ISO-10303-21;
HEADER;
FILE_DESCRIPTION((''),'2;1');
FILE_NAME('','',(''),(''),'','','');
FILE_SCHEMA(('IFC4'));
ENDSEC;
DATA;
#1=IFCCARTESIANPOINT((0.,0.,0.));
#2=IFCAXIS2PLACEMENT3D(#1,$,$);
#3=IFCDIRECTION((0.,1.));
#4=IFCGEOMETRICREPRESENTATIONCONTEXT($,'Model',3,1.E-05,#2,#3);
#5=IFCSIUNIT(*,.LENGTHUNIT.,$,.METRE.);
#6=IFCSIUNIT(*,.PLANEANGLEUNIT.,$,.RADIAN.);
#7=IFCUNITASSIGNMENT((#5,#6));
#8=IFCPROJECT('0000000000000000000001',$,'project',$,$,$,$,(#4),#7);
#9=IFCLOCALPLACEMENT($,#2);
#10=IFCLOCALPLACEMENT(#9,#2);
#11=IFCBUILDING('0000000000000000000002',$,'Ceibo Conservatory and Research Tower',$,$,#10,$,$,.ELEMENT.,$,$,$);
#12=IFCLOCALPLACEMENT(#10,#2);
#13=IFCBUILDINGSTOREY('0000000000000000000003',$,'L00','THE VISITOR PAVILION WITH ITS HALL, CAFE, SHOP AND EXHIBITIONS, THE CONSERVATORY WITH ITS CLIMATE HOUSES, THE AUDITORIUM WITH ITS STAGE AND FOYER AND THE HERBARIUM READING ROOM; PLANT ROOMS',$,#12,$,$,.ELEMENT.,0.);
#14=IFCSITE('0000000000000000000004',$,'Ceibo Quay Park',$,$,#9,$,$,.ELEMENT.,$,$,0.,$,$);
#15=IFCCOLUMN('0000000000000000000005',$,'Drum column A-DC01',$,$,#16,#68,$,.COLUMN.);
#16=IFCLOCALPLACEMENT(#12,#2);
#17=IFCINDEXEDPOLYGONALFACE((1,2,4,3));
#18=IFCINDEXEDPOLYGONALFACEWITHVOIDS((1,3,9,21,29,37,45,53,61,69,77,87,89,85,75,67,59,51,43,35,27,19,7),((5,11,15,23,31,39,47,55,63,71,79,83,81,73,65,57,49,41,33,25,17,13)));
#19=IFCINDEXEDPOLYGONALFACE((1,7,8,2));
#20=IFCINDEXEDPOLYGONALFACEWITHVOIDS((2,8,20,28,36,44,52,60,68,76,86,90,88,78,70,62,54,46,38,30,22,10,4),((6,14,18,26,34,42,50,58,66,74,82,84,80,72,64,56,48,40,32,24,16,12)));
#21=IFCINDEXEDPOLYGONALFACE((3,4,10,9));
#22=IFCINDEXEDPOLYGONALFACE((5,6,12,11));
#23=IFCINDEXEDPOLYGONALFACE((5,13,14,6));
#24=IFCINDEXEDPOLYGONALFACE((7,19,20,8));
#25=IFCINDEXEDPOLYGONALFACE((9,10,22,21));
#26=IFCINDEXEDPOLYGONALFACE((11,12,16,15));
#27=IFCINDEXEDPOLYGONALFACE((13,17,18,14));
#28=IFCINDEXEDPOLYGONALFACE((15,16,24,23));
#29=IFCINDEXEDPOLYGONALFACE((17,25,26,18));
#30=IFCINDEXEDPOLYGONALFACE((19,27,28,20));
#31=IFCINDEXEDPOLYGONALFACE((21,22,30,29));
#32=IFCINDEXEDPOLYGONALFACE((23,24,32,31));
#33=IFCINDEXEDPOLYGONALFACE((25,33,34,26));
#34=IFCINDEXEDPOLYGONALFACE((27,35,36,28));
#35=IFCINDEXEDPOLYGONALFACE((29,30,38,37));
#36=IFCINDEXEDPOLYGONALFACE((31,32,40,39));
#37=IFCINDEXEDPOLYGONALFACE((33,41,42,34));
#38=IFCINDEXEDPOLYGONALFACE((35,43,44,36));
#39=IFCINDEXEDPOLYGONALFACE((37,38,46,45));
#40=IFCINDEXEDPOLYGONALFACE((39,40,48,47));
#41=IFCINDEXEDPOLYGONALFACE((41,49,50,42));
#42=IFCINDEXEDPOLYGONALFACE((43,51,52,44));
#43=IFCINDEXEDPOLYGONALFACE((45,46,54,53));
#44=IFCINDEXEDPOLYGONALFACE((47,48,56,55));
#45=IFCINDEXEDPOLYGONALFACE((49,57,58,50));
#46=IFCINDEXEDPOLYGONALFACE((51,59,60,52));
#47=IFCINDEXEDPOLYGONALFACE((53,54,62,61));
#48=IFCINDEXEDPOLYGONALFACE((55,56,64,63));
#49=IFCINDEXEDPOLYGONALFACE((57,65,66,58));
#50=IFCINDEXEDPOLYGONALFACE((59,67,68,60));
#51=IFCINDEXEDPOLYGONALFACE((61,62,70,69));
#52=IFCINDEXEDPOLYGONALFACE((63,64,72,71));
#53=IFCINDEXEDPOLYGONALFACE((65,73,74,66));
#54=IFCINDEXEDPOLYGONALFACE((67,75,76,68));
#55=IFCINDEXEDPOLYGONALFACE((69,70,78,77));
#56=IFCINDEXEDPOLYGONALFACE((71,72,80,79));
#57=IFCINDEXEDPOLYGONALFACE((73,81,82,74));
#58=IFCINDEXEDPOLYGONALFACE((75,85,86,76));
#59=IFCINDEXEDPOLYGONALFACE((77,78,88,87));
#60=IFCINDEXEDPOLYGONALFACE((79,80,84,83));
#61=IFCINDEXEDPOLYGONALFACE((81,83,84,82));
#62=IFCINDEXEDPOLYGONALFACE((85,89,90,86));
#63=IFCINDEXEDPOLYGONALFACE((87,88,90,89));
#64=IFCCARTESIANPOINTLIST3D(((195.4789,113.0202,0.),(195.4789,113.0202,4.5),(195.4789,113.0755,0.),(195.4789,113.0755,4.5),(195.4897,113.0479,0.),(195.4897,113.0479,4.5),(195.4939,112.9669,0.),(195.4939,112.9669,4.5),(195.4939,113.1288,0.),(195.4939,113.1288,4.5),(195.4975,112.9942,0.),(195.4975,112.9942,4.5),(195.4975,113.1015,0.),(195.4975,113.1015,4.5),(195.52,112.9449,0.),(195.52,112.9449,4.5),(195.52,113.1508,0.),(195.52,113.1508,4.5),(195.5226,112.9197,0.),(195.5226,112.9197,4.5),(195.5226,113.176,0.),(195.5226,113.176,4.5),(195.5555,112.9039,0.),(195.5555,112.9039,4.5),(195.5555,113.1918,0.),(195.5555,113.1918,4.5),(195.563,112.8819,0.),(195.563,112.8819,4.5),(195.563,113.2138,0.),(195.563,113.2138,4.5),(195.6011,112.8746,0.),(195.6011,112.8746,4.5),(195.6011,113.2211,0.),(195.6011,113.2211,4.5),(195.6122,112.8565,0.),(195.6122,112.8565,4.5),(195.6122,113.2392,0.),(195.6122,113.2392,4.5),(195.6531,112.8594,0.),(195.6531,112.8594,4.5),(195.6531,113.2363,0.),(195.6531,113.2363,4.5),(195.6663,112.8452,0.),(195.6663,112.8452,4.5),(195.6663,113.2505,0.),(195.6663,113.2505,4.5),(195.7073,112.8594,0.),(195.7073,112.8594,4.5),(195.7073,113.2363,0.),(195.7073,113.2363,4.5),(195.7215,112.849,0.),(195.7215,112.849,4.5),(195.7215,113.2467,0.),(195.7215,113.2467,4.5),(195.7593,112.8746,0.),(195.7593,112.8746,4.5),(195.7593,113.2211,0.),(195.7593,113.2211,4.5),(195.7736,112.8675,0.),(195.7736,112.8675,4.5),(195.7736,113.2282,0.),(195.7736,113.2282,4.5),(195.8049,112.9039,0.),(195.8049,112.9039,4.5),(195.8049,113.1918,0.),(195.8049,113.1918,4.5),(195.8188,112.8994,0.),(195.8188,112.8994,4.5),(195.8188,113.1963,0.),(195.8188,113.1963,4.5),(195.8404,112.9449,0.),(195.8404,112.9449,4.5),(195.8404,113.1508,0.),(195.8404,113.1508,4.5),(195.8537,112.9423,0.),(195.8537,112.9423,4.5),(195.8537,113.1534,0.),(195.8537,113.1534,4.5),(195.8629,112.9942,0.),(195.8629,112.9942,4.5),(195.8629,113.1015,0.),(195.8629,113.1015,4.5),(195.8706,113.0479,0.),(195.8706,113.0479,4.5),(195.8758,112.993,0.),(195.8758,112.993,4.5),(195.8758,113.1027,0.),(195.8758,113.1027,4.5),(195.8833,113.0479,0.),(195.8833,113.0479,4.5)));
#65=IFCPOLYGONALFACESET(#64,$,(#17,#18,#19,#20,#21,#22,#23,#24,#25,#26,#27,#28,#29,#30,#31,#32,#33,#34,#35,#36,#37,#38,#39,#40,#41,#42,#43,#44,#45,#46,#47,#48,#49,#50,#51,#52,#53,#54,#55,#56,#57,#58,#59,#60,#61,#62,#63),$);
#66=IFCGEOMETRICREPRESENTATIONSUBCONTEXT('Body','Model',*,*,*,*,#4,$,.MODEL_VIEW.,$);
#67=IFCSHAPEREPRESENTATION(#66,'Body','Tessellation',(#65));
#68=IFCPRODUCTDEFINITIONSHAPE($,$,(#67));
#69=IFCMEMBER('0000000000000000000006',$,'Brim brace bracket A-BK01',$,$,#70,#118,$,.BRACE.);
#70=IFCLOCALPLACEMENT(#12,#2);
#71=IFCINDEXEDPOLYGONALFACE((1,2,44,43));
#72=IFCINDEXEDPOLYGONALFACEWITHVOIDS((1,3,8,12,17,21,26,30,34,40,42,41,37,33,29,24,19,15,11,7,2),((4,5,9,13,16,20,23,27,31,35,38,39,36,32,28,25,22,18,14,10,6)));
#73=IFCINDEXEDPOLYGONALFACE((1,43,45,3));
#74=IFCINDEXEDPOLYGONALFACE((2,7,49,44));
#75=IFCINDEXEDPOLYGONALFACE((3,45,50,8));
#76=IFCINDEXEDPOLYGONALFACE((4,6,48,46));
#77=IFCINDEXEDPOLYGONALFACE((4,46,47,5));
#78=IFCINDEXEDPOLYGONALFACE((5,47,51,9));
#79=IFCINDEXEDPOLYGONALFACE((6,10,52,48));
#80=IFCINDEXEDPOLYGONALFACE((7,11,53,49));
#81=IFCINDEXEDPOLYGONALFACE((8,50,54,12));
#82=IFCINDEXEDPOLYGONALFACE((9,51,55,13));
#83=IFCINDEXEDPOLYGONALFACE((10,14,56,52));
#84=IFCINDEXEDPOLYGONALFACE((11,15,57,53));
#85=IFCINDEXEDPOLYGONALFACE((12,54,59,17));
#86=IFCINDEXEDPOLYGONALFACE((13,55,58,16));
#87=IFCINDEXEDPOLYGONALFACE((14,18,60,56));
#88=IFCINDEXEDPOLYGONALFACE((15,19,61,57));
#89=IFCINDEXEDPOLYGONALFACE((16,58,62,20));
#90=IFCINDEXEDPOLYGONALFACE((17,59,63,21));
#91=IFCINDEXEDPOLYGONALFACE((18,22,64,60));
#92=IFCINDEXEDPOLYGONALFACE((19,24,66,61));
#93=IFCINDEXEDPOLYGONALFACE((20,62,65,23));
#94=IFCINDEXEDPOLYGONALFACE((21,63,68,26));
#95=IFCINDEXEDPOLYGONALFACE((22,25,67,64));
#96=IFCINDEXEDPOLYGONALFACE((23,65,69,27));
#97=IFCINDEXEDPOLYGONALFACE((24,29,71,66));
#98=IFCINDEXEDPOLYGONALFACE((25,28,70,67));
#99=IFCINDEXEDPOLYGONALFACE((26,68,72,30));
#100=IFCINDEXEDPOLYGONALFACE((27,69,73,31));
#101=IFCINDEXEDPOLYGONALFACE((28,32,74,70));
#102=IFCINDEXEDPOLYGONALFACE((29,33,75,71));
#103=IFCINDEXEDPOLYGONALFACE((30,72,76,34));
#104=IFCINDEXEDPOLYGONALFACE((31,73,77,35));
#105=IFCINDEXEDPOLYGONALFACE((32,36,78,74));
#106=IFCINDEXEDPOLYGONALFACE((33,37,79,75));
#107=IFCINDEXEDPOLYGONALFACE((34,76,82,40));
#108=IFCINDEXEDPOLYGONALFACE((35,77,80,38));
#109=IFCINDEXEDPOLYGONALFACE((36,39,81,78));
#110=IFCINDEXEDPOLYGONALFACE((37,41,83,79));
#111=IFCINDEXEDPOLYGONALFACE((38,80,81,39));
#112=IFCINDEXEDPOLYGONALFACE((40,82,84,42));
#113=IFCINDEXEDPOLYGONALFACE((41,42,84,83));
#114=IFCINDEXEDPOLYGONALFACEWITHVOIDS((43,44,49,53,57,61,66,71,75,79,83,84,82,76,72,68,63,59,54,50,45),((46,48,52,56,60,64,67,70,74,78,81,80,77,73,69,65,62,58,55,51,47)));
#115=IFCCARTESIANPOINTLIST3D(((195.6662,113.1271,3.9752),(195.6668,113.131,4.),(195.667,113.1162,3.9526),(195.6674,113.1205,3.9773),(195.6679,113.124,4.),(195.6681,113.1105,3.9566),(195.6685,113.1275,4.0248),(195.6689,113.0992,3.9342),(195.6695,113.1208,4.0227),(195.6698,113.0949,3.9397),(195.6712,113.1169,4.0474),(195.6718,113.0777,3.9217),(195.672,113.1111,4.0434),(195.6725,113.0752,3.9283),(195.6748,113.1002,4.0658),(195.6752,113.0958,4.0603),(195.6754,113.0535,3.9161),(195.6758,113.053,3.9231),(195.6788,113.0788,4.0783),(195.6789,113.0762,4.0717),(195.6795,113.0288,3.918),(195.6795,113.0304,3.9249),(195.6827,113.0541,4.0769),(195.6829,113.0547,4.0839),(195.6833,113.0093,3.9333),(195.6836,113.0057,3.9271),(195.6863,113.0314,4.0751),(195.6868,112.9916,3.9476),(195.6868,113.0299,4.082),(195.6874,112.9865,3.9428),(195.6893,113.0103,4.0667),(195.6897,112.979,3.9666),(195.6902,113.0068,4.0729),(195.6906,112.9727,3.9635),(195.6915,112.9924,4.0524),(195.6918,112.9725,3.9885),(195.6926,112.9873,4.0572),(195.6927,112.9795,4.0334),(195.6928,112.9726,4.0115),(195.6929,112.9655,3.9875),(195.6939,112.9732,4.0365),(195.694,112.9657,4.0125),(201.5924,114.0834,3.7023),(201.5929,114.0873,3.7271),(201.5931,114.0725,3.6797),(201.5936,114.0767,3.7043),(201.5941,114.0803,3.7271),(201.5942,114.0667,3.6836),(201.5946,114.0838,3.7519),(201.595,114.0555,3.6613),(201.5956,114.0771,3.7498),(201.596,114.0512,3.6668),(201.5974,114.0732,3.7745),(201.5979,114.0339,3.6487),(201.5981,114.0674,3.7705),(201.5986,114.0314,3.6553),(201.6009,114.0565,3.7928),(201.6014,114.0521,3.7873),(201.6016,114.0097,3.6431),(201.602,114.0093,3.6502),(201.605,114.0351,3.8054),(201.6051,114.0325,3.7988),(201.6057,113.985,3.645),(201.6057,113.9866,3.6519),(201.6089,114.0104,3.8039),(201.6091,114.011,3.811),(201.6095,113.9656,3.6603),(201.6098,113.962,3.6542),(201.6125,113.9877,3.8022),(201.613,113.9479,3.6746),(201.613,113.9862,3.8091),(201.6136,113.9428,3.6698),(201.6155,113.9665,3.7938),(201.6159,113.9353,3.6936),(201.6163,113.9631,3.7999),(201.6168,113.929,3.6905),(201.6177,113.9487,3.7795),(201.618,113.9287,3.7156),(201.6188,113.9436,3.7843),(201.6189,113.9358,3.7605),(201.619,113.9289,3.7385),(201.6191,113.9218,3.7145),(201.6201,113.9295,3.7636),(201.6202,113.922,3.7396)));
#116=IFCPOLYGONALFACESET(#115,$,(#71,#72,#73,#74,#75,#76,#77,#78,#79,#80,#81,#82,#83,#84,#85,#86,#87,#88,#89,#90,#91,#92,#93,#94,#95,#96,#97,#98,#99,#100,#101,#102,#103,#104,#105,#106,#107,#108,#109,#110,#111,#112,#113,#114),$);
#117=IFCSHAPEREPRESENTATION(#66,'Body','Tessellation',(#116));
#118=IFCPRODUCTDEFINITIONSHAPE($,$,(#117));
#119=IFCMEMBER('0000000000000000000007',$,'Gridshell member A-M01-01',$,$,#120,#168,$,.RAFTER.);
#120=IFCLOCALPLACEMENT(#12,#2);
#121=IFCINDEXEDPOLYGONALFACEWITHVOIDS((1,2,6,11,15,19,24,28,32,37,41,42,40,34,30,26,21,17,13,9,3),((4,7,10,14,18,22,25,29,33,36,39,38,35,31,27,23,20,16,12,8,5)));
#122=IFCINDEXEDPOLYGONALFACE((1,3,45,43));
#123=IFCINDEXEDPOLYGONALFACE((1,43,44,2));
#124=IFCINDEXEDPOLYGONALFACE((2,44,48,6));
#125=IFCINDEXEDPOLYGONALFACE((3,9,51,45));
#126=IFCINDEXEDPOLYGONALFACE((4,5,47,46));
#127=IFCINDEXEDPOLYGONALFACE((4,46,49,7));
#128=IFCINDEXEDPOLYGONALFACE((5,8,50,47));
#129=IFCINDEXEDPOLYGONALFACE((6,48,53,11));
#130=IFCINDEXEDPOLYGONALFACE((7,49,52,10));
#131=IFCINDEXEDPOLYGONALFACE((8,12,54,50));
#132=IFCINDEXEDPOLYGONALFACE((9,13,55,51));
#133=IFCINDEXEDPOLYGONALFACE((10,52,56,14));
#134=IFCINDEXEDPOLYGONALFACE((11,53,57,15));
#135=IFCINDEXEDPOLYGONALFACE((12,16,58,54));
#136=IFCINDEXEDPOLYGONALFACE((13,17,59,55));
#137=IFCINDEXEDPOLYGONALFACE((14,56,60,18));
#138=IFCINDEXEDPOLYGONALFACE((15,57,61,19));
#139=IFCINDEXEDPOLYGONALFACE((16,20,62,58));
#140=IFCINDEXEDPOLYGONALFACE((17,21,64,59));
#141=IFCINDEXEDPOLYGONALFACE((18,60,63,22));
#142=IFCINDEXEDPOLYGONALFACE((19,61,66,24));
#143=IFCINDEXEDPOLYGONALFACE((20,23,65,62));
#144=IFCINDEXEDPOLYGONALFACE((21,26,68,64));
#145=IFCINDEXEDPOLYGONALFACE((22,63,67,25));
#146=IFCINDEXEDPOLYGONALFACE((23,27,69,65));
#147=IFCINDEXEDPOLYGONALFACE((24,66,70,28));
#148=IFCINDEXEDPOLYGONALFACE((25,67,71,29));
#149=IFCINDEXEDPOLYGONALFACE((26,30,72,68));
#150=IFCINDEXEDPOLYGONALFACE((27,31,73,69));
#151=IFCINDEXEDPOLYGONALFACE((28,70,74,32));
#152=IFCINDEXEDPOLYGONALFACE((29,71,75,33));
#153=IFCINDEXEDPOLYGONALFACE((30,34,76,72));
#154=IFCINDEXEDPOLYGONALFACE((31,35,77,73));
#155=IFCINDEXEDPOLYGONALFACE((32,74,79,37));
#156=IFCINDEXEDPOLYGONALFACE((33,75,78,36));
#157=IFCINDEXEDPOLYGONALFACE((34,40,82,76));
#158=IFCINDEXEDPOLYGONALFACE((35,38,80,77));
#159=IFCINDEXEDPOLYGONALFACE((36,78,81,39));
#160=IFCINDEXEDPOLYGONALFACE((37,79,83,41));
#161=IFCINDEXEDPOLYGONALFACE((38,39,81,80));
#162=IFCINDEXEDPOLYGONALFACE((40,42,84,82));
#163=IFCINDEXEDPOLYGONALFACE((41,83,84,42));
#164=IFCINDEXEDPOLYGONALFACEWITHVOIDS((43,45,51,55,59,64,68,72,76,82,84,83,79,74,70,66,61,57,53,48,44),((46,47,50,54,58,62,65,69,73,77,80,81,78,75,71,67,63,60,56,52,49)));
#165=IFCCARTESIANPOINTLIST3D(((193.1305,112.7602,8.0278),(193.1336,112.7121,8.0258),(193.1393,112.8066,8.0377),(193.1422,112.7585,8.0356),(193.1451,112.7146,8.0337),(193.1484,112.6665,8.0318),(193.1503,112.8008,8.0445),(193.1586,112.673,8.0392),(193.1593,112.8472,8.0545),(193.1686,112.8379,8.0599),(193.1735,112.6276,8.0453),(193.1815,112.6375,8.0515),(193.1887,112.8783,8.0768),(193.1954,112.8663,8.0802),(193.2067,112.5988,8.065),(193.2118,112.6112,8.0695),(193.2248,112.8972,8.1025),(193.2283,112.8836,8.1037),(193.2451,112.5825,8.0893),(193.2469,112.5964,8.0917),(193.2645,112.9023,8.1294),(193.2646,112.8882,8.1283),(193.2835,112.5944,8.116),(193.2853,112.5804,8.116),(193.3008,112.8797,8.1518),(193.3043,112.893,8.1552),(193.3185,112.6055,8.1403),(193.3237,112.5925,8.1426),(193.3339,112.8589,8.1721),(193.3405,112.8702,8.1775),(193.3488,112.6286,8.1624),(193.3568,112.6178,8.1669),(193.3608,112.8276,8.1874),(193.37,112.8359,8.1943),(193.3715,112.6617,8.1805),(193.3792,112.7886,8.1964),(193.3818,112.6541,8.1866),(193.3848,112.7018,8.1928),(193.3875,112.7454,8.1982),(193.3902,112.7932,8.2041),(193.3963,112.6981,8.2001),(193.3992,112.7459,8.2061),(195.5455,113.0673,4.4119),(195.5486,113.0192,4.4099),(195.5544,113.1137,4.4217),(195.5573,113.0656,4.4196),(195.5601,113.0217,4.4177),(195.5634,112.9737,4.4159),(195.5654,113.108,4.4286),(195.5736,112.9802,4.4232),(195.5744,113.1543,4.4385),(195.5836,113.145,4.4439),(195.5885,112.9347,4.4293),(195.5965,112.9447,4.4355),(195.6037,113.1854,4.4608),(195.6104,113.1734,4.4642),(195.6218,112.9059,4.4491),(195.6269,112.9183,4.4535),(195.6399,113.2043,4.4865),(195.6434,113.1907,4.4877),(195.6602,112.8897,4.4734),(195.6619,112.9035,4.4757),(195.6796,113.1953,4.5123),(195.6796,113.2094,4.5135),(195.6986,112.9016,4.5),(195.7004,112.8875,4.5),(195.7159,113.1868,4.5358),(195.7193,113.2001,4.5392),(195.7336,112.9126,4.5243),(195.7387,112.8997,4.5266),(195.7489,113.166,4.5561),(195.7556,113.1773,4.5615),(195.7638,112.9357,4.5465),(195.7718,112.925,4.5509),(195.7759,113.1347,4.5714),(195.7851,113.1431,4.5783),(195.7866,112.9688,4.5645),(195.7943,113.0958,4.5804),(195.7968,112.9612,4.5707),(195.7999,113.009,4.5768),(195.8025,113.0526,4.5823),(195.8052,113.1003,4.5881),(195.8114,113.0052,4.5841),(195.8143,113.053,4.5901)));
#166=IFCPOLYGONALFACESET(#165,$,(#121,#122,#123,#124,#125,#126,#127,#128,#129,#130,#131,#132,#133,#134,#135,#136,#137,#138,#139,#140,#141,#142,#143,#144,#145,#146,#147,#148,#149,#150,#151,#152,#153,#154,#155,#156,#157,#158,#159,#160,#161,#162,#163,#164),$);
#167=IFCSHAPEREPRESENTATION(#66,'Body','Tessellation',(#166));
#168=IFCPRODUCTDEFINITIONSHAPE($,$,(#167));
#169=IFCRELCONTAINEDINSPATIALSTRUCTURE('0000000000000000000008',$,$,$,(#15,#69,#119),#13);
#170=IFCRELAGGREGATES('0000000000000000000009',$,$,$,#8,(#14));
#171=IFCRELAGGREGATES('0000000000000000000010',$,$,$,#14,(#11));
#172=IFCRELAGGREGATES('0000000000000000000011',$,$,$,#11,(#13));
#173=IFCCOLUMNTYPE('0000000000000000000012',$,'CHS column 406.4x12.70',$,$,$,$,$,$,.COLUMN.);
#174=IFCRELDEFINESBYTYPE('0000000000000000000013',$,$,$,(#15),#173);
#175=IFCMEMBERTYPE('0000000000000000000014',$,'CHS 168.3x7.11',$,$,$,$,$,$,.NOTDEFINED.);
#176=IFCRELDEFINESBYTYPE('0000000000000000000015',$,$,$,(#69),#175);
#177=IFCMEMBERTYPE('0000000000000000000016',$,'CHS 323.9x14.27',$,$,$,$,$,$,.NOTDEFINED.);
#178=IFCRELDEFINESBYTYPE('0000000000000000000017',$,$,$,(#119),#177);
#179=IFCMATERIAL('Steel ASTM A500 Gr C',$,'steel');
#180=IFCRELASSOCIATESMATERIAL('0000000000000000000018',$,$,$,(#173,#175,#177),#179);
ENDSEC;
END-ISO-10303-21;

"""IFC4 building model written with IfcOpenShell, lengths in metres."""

from ifc_helpers import new_model, si_unit, direction, frame, origin, origin_2d, place, context, subcontext, project, spatial, hollow_circle, extrude, material, material_profile, profile_set, type_object, element, save


model = new_model("IFC4")

# Units and contexts
model_context = context("Model", 3, precision=1e-05, world=origin(), true_north=direction((0.0, 1.0)))
body_context = subcontext(model_context, "Body", "Model", "MODEL_VIEW")
ifc_project = project(units=[si_unit("LENGTHUNIT", "METRE"), si_unit("PLANEANGLEUNIT", "RADIAN")], contexts=[model_context])

# Site, building, storey
site_placement = place(None, origin())
site = spatial("IfcSite", under=ifc_project, at=site_placement, Name="Ceibo Quay Park", CompositionType="ELEMENT", RefElevation=0.0)
building_placement = place(site_placement, origin())
building = spatial("IfcBuilding", under=site, at=building_placement, Name="Ceibo Conservatory and Research Tower", CompositionType="ELEMENT")
storey_placement = place(building_placement, origin())
storey = spatial("IfcBuildingStorey", under=building, at=storey_placement, Name="L00", Description="THE VISITOR PAVILION WITH ITS HALL, CAFE, SHOP AND EXHIBITIONS, THE CONSERVATORY WITH ITS CLIMATE HOUSES, THE AUDITORIUM WITH ITS STAGE AND FOYER AND THE HERBARIUM READING ROOM; PLANT ROOMS", CompositionType="ELEMENT", Elevation=0.0)

# Column
ifc_material_1 = material(Name="Steel ASTM A500 Gr C", Category="steel")
ifc_material_profile_1 = material_profile(ifc_material_1, hollow_circle(Radius=0.2031, WallThickness=0.0127, at=origin_2d()), Name="CHS column 406.4x12.70")
ifc_profile_set_1 = profile_set([ifc_material_profile_1], Name="Steel ASTM A500 Gr C")
column_type = type_object("IfcColumnType", Name="CHS column 406.4x12.70", PredefinedType="COLUMN", material=ifc_profile_set_1)
column_placement = place(storey_placement, frame((195.6802, 113.0479, 0.0), z_axis=(0.0, 0.0, 1.0), x_axis=(1.0, 0.0, 0.0)))
element("IfcColumn", 1, at=column_placement, inside=storey, type_object=column_type, Name="Drum column A-DC01", PredefinedType="COLUMN", context=body_context, shape_type="SweptSolid", body=[
    extrude(hollow_circle(Radius=0.2031, WallThickness=0.0127, at=origin_2d()), origin(), (0.0, 0.0, 1.0), 4.5),
])

# Members
ifc_material_profile_2 = material_profile(ifc_material_1, hollow_circle(Radius=0.0842, WallThickness=0.0071, at=origin_2d()), Name="CHS 168.3x7.11")
ifc_profile_set_2 = profile_set([ifc_material_profile_2], Name="Steel ASTM A500 Gr C")
member_type_1 = type_object("IfcMemberType", Name="CHS 168.3x7.11", PredefinedType="NOTDEFINED", material=ifc_profile_set_2)
member_1_placement = place(storey_placement, frame((195.6802, 113.0479, 4.0), z_axis=(0.98621, 0.159141, -0.045422), x_axis=(-0.159305, 0.987229, 0.0)))
element("IfcMember", 2, at=member_1_placement, inside=storey, type_object=member_type_1, Name="Brim brace bracket A-BK01", PredefinedType="BRACE", context=body_context, shape_type="SweptSolid", body=[
    extrude(hollow_circle(Radius=0.0842, WallThickness=0.0071, at=origin_2d()), origin(), (0.0, 0.0, 1.0), 6.009),
])
ifc_material_profile_3 = material_profile(ifc_material_1, hollow_circle(Radius=0.1619, WallThickness=0.0142, at=origin_2d()), Name="CHS 323.9x14.27")
ifc_profile_set_3 = profile_set([ifc_material_profile_3], Name="Steel ASTM A500 Gr C")
member_type_2 = type_object("IfcMemberType", Name="CHS 323.9x14.27", PredefinedType="NOTDEFINED", material=ifc_profile_set_3)
member_2_placement = place(storey_placement, frame((195.6799, 113.0481, 4.5), z_axis=(-0.554019, -0.070457, 0.829517), x_axis=(0.126157, -0.99201, 0.0)))
element("IfcMember", 3, at=member_2_placement, inside=storey, type_object=member_type_2, Name="Gridshell member A-M01-01", PredefinedType="RAFTER", context=body_context, shape_type="SweptSolid", body=[
    extrude(hollow_circle(Radius=0.1619, WallThickness=0.0142, at=origin_2d()), origin(), (0.0, 0.0, 1.0), 4.3591),
])

save(model, "model.ifc")
